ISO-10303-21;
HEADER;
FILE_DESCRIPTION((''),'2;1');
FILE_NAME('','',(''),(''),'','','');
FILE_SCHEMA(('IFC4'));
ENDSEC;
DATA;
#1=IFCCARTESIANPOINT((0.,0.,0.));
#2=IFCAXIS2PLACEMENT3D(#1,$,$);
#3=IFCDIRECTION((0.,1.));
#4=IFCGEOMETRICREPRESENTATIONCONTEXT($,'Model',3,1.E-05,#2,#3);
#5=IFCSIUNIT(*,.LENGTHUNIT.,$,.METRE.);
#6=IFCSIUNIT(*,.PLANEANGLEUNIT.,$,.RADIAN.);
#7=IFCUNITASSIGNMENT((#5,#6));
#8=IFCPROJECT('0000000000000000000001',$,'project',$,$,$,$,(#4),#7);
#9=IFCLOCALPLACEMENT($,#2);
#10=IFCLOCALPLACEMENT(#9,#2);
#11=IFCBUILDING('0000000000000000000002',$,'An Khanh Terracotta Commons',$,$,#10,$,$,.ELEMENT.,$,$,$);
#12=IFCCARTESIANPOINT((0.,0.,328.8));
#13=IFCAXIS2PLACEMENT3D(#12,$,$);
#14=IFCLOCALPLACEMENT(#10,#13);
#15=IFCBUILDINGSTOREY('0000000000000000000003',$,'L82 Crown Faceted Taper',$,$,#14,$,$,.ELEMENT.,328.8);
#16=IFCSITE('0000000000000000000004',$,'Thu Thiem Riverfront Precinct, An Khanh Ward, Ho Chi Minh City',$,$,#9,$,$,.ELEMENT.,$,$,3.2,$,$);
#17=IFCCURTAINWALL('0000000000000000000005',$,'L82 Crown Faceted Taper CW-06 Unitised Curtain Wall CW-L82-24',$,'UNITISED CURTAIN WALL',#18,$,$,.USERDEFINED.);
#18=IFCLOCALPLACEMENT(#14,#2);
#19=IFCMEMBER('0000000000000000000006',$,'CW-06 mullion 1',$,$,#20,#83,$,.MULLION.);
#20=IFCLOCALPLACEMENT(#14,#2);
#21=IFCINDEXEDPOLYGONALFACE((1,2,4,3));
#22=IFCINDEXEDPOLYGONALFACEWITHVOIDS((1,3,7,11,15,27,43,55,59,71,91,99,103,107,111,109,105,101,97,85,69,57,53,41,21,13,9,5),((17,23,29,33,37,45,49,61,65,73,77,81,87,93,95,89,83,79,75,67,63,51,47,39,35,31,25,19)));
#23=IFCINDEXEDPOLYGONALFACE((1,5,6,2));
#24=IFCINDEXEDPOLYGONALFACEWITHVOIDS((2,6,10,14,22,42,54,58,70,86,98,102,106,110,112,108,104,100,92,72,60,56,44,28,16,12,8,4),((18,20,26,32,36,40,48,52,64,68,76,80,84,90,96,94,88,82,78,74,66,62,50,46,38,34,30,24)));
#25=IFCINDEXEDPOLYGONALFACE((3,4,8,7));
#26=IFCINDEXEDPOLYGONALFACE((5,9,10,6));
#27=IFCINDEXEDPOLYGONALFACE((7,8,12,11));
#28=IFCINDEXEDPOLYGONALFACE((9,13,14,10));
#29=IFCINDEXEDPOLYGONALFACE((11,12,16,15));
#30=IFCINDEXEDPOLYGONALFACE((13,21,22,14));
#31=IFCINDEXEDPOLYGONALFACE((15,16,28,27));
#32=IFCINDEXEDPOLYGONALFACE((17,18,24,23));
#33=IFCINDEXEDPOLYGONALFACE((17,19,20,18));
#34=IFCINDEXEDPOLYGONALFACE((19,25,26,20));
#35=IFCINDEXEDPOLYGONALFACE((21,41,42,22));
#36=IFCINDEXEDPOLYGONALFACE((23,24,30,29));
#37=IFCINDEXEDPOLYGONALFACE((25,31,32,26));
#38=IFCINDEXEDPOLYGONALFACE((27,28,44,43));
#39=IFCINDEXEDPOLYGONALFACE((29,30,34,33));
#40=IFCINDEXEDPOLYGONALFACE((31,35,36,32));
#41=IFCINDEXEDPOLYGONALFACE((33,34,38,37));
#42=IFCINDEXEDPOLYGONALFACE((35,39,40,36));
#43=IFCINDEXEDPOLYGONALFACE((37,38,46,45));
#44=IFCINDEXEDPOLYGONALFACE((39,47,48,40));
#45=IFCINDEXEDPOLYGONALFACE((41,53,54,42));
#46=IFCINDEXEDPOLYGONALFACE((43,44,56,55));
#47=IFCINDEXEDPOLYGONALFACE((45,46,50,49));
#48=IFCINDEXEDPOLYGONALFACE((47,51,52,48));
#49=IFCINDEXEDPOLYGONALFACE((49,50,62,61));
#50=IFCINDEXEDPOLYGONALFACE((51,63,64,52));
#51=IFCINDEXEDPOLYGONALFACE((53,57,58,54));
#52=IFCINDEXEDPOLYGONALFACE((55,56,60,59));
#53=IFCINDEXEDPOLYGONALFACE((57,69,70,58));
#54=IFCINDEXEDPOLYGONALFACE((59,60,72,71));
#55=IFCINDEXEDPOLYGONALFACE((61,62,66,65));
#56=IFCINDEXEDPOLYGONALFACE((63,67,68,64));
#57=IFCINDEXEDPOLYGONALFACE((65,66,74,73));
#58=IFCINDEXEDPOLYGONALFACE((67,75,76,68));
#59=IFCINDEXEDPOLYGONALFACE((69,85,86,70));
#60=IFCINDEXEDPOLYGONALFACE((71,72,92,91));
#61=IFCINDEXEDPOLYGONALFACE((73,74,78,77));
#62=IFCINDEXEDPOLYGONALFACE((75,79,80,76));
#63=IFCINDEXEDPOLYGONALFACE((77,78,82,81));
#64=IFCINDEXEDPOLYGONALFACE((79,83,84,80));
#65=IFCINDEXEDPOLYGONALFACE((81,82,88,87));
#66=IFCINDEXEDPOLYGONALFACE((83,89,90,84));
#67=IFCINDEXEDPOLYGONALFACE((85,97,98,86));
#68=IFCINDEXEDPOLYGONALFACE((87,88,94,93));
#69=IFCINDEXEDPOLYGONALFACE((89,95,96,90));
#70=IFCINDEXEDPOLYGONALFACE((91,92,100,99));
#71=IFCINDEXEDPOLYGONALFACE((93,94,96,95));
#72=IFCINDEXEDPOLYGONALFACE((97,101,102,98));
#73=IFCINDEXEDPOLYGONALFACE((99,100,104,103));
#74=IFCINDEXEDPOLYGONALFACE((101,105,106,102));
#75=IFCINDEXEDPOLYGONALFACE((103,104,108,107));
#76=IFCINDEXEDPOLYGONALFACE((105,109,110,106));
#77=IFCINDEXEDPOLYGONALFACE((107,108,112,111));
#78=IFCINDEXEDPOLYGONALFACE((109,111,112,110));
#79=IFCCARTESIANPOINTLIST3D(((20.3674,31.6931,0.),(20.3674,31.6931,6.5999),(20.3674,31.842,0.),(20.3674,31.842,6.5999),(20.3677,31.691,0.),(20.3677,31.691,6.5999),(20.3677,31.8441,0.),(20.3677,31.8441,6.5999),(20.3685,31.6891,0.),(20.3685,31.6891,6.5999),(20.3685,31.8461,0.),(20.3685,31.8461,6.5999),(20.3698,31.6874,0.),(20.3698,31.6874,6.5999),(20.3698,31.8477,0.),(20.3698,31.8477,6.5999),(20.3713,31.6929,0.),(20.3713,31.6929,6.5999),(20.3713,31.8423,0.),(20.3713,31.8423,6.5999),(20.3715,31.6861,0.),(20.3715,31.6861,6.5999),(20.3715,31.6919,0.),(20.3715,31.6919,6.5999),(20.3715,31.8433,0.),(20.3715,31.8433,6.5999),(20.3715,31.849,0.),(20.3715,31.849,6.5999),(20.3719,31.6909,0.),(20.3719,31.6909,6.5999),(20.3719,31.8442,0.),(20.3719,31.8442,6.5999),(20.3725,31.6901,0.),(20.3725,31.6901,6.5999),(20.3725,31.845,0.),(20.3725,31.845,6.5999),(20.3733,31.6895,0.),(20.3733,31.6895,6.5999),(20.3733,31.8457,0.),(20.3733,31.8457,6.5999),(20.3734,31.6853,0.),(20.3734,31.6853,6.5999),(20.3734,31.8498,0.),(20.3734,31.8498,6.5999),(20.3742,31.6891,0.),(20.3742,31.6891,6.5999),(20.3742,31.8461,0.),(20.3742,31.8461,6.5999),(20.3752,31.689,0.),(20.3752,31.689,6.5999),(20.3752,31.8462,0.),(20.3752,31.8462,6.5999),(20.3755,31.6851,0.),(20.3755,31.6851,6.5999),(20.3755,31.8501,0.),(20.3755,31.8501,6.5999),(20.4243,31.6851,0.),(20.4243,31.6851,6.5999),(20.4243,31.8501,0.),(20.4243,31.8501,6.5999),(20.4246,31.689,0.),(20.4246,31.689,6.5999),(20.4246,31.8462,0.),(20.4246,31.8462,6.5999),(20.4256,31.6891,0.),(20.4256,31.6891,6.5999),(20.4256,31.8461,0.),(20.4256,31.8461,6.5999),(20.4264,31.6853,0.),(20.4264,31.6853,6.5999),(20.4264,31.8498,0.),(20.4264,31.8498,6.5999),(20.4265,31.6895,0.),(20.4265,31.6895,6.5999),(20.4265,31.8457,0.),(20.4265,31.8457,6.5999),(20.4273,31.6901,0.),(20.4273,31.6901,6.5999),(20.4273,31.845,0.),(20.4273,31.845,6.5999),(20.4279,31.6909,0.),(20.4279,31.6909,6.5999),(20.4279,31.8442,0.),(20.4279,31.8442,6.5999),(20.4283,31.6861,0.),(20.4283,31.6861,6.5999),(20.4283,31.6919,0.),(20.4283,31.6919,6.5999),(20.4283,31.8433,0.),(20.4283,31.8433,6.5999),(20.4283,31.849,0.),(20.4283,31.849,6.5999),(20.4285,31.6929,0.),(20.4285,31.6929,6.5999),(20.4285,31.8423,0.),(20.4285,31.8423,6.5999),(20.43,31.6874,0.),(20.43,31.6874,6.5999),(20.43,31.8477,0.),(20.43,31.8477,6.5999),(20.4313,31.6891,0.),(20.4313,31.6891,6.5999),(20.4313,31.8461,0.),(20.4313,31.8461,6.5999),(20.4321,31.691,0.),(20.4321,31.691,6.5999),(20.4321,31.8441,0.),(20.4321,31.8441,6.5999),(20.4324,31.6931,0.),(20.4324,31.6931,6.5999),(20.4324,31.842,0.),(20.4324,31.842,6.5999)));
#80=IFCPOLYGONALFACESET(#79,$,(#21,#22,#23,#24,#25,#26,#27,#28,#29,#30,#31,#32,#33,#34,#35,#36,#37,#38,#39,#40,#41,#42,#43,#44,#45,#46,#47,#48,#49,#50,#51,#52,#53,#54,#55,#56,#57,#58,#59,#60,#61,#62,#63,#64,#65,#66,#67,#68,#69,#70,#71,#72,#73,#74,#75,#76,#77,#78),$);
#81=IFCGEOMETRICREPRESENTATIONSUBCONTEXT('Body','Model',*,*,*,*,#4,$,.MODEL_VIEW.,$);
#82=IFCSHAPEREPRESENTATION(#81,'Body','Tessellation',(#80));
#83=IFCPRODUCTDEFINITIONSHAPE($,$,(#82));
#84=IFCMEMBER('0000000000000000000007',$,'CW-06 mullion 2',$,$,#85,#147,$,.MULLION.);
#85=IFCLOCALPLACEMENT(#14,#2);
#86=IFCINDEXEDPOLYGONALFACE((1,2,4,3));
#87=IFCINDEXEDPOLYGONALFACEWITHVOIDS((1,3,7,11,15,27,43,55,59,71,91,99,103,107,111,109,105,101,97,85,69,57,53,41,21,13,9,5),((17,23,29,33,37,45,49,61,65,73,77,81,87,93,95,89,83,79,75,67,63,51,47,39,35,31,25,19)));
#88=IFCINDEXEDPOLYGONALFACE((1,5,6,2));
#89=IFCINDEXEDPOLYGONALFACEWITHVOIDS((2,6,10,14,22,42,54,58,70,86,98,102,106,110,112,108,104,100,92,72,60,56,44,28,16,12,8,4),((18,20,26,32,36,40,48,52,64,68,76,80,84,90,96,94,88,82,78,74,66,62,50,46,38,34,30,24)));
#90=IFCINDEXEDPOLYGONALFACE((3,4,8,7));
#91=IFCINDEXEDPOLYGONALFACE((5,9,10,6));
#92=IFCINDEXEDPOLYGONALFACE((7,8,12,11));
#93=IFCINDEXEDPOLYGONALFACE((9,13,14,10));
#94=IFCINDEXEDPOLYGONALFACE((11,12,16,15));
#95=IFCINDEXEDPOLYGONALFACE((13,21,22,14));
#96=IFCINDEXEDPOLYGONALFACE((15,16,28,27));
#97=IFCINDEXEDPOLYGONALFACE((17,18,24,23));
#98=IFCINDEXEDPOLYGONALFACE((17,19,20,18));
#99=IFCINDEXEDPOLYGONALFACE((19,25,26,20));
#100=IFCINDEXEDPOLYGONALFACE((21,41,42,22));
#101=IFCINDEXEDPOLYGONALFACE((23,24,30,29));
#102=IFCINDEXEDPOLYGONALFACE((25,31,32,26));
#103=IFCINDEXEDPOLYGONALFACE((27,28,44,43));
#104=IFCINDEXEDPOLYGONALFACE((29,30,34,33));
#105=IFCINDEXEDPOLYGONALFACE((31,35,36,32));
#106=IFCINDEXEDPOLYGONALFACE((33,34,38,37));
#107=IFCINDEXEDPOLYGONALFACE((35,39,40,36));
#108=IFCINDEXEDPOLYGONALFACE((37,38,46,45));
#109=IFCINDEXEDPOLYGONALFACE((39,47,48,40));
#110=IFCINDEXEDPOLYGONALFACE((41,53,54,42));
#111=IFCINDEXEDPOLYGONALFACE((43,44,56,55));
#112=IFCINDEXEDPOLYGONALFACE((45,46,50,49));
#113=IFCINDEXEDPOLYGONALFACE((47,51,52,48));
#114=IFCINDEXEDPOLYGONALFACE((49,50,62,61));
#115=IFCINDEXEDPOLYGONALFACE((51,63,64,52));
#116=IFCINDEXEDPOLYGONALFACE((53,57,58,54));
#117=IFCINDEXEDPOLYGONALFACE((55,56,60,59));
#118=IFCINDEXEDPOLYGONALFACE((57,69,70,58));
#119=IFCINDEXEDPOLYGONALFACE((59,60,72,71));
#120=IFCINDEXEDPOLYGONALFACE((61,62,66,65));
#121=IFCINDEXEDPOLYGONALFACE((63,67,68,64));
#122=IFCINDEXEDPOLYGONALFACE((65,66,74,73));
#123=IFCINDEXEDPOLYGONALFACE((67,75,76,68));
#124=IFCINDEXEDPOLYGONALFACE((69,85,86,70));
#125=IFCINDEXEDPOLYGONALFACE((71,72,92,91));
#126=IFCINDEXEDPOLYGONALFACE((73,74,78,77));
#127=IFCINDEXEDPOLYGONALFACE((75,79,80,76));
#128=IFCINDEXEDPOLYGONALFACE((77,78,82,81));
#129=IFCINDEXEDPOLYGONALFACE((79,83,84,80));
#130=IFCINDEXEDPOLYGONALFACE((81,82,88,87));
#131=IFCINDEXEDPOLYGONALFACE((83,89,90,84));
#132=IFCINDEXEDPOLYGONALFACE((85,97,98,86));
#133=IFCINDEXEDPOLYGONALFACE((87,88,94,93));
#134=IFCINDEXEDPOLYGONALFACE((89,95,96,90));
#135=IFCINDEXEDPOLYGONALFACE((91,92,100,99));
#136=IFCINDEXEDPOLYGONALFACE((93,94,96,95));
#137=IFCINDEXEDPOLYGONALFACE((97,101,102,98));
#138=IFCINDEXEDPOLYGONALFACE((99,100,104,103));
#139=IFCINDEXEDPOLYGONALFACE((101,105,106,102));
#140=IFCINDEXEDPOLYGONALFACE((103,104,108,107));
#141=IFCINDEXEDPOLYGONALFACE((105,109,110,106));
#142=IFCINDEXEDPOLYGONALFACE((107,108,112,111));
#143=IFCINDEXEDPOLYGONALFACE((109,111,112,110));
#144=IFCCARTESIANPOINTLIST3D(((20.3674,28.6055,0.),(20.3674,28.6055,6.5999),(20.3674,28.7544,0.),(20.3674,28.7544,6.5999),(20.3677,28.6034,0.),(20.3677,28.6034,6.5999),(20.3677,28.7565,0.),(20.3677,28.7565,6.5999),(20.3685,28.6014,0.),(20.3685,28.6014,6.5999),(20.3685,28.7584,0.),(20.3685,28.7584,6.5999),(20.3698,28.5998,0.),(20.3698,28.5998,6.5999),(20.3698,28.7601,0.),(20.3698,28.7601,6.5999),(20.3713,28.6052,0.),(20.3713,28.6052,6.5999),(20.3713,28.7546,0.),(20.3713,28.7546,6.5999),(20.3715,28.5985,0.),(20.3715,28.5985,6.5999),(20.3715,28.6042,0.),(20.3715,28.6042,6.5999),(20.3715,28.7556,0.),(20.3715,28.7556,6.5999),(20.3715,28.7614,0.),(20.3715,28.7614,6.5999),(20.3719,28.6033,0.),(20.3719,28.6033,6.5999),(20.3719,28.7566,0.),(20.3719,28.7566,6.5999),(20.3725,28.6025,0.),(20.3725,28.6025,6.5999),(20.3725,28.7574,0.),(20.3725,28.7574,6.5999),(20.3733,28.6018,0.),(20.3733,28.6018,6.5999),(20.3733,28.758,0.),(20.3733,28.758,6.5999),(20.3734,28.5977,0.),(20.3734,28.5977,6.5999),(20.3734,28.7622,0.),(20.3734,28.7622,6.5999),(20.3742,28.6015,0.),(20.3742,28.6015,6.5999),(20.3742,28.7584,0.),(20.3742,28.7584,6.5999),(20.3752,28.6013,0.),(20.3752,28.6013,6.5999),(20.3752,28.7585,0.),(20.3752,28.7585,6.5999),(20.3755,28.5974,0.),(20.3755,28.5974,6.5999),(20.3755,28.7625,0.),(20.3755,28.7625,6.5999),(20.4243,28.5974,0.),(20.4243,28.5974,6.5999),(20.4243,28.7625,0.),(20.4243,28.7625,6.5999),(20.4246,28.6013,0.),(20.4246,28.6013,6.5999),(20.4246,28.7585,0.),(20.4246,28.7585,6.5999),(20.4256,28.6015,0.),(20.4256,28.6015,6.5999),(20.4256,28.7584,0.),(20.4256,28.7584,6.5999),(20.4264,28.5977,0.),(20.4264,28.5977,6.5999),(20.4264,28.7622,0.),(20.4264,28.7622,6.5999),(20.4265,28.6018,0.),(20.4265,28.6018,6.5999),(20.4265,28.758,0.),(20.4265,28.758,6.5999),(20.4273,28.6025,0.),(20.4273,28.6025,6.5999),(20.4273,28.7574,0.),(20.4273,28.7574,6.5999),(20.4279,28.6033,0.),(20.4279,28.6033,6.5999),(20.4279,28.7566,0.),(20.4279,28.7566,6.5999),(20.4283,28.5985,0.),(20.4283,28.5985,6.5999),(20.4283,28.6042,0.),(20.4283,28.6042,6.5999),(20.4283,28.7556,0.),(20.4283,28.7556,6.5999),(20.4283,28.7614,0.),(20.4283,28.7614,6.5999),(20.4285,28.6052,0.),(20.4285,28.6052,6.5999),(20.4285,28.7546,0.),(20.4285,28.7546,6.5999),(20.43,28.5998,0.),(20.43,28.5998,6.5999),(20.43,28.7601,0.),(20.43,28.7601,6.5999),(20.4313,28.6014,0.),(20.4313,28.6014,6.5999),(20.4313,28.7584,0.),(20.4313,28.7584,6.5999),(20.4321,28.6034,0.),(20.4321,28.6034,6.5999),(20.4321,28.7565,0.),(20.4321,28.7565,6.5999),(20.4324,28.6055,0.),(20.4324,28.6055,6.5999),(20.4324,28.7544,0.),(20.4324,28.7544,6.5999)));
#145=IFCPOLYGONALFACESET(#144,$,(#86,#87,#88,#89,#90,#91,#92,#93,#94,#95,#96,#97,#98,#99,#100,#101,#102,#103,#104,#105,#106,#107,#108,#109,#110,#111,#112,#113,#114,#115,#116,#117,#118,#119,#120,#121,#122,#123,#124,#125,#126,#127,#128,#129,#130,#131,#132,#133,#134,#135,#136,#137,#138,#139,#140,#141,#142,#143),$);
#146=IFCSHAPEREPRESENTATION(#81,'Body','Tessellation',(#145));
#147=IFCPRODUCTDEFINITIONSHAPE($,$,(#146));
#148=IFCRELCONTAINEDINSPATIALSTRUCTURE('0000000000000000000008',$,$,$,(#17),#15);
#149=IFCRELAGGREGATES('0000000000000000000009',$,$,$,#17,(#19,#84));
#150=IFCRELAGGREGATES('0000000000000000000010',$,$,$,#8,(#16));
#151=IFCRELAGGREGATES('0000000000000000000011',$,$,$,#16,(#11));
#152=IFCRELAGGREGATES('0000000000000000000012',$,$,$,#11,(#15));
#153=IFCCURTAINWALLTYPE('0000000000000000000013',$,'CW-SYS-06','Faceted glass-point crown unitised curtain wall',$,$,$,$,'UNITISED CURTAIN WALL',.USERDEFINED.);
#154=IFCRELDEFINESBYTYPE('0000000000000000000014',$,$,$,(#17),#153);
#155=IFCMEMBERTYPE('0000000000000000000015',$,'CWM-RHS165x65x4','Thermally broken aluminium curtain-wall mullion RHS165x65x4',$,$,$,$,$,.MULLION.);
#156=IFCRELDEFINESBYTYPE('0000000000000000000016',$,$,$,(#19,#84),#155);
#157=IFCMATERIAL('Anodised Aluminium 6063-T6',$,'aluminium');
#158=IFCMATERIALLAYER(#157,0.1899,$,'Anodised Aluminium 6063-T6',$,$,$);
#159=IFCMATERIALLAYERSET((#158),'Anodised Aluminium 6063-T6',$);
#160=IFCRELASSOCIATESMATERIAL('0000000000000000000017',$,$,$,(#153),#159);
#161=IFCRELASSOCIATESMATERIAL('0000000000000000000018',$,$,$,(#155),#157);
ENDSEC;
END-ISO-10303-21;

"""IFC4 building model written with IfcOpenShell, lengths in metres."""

from ifc_helpers import new_model, si_unit, direction, frame, origin, origin_2d, place, context, subcontext, project, spatial, hollow_rectangle, extrude, material, layer, layer_set, material_profile, profile_set, type_object, element, aggregate, save


model = new_model("IFC4")

# Units and contexts
model_context = context("Model", 3, precision=1e-05, world=origin(), true_north=direction((0.0, 1.0)))
body_context = subcontext(model_context, "Body", "Model", "MODEL_VIEW")
ifc_project = project(units=[si_unit("LENGTHUNIT", "METRE"), si_unit("PLANEANGLEUNIT", "RADIAN")], contexts=[model_context])

# Site, building, storey
site_placement = place(None, origin())
site = spatial("IfcSite", under=ifc_project, at=site_placement, Name="Thu Thiem Riverfront Precinct, An Khanh Ward, Ho Chi Minh City", CompositionType="ELEMENT", RefElevation=3.2)
building_placement = place(site_placement, origin())
building = spatial("IfcBuilding", under=site, at=building_placement, Name="An Khanh Terracotta Commons", CompositionType="ELEMENT")
storey_placement = place(building_placement, frame((0.0, 0.0, 328.8)))
storey = spatial("IfcBuildingStorey", under=building, at=storey_placement, Name="L82 Crown Faceted Taper", CompositionType="ELEMENT", Elevation=328.8)

# Shared definitions
ifc_material_1 = material(Name="Anodised Aluminium 6063-T6", Category="aluminium")
ifc_layer_1 = layer(ifc_material_1, 0.1899, Name="Anodised Aluminium 6063-T6")
ifc_layer_set_1 = layer_set([ifc_layer_1], Name="Anodised Aluminium 6063-T6")
curtain_wall_type = type_object("IfcCurtainWallType", Name="CW-SYS-06", Description="Faceted glass-point crown unitised curtain wall", ElementType="UNITISED CURTAIN WALL", PredefinedType="USERDEFINED", material=ifc_layer_set_1)
ifc_material_profile_1 = material_profile(ifc_material_1, hollow_rectangle(XDim=0.0649, YDim=0.165, WallThickness=0.0039, InnerFilletRadius=0.0039, OuterFilletRadius=0.0081, at=origin_2d()), Name="RHS165x65x4")
ifc_profile_set_1 = profile_set([ifc_material_profile_1], Name="Anodised Aluminium 6063-T6")
member_type_1 = type_object("IfcMemberType", Name="CWM-RHS165x65x4", Description="Thermally broken aluminium curtain-wall mullion RHS165x65x4", PredefinedType="MULLION", material=ifc_profile_set_1)

# Curtain wall, members
curtain_wall_1_placement = place(storey_placement, origin())
curtain_wall_1 = element("IfcCurtainWall", 1, at=curtain_wall_1_placement, inside=storey, type_object=curtain_wall_type, Name="L82 Crown Faceted Taper CW-06 Unitised Curtain Wall CW-L82-24", ObjectType="UNITISED CURTAIN WALL", PredefinedType="USERDEFINED")
member_1_placement = place(storey_placement, frame((20.3999, 31.7676, 0.0), z_axis=(0.0, 0.0, 1.0), x_axis=(1.0, 0.0, 0.0)))
member_1 = element("IfcMember", 2, at=member_1_placement, type_object=member_type_1, Name="CW-06 mullion 1", PredefinedType="MULLION", context=body_context, shape_type="SweptSolid", body=[
    extrude(hollow_rectangle(XDim=0.0649, YDim=0.165, WallThickness=0.0039, InnerFilletRadius=0.0039, OuterFilletRadius=0.0081, at=origin_2d()), origin(), (0.0, 0.0, 1.0), 6.5999),
])
member_2_placement = place(storey_placement, frame((20.3999, 28.6799, 0.0), z_axis=(0.0, 0.0, 1.0), x_axis=(1.0, 0.0, 0.0)))
member_2 = element("IfcMember", 3, at=member_2_placement, type_object=member_type_1, Name="CW-06 mullion 2", PredefinedType="MULLION", context=body_context, shape_type="SweptSolid", body=[
    extrude(hollow_rectangle(XDim=0.0649, YDim=0.165, WallThickness=0.0039, InnerFilletRadius=0.0039, OuterFilletRadius=0.0081, at=origin_2d()), origin(), (0.0, 0.0, 1.0), 6.5999),
])
aggregate(curtain_wall_1, [member_1, member_2])

save(model, "model.ifc")
